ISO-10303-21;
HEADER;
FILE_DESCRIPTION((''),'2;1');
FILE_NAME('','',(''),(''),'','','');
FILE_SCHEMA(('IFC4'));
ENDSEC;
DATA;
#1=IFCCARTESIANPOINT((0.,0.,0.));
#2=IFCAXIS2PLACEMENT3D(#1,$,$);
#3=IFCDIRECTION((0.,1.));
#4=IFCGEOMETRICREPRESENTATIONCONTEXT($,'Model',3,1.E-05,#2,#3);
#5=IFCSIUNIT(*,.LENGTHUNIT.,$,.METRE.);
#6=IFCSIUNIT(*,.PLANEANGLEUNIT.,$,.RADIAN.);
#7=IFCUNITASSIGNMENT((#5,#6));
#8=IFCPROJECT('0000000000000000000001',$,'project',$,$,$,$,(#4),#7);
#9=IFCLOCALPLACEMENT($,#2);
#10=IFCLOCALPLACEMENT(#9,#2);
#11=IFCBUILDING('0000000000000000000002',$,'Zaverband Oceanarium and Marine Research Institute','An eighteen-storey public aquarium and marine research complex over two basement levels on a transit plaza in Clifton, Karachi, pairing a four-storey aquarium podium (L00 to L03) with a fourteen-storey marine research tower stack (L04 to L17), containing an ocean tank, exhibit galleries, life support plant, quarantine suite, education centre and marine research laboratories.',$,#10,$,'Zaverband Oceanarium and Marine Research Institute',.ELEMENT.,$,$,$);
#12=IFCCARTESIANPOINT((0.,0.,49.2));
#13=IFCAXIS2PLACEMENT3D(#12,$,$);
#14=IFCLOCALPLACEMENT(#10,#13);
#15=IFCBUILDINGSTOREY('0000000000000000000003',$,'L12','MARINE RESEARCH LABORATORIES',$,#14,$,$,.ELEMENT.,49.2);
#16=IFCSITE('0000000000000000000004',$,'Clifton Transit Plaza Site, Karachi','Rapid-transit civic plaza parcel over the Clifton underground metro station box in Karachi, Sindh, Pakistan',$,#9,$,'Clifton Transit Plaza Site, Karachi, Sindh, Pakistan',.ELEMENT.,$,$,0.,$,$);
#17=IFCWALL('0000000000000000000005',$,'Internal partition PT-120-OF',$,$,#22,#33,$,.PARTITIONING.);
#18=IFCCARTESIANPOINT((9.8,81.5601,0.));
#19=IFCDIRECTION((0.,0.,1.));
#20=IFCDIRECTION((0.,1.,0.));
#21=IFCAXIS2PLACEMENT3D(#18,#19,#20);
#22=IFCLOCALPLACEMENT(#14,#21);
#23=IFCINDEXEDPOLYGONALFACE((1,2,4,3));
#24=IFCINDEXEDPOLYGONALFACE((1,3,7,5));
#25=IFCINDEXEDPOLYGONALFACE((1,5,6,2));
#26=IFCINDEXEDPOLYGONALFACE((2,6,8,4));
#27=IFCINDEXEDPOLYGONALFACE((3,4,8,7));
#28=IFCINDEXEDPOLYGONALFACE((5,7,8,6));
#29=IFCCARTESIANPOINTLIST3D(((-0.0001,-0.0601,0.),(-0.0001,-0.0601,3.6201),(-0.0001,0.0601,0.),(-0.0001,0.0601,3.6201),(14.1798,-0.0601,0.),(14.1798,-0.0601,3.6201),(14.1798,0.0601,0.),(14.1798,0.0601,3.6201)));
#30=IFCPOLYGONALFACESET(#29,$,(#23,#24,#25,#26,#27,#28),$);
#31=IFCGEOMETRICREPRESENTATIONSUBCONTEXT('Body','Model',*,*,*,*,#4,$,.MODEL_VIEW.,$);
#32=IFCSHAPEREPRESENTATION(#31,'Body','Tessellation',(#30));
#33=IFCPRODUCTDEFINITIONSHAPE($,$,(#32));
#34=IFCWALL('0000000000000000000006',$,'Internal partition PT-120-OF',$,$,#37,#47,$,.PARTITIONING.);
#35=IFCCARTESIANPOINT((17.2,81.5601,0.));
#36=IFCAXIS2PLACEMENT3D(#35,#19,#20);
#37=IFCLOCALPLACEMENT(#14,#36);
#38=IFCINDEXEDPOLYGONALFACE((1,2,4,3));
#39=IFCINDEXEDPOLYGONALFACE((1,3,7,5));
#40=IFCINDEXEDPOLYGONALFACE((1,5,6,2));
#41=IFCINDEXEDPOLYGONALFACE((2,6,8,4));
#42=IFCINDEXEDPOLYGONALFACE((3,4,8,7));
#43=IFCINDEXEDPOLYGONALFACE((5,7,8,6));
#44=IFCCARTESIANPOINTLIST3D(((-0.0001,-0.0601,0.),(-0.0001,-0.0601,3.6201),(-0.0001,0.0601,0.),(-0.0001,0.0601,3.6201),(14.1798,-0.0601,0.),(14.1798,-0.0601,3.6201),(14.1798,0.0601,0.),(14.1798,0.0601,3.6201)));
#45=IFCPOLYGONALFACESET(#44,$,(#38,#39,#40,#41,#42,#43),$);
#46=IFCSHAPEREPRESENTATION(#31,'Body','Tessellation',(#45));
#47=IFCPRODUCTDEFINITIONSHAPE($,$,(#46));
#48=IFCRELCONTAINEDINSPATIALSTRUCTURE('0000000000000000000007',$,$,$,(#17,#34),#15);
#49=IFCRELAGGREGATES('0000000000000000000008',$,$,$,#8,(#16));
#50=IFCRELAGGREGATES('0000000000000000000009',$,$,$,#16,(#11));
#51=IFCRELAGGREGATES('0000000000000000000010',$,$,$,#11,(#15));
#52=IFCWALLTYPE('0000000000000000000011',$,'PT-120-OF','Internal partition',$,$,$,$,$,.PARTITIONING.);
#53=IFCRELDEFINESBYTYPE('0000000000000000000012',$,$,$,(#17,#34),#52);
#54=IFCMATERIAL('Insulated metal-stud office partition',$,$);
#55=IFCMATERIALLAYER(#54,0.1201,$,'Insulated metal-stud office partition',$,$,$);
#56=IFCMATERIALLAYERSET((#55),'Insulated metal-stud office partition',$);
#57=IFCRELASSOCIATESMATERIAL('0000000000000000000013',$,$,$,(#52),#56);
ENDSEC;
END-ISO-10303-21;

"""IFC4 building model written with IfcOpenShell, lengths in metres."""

from ifc_helpers import new_model, si_unit, direction, frame, frame_2d, origin, place, context, subcontext, project, spatial, rectangle, extrude, material, layer, layer_set, type_object, element, save


model = new_model("IFC4")

# Units and contexts
model_context = context("Model", 3, precision=1e-05, world=origin(), true_north=direction((0.0, 1.0)))
body_context = subcontext(model_context, "Body", "Model", "MODEL_VIEW")
ifc_project = project(units=[si_unit("LENGTHUNIT", "METRE"), si_unit("PLANEANGLEUNIT", "RADIAN")], contexts=[model_context])

# Site, building, storey
site_placement = place(None, origin())
site = spatial("IfcSite", under=ifc_project, at=site_placement, Name="Clifton Transit Plaza Site, Karachi", Description="Rapid-transit civic plaza parcel over the Clifton underground metro station box in Karachi, Sindh, Pakistan", LongName="Clifton Transit Plaza Site, Karachi, Sindh, Pakistan", CompositionType="ELEMENT", RefElevation=0.0)
building_placement = place(site_placement, origin())
building = spatial("IfcBuilding", under=site, at=building_placement, Name="Zaverband Oceanarium and Marine Research Institute", Description="An eighteen-storey public aquarium and marine research complex over two basement levels on a transit plaza in Clifton, Karachi, pairing a four-storey aquarium podium (L00 to L03) with a fourteen-storey marine research tower stack (L04 to L17), containing an ocean tank, exhibit galleries, life support plant, quarantine suite, education centre and marine research laboratories.", LongName="Zaverband Oceanarium and Marine Research Institute", CompositionType="ELEMENT")
storey_placement = place(building_placement, frame((0.0, 0.0, 49.2)))
storey = spatial("IfcBuildingStorey", under=building, at=storey_placement, Name="L12", Description="MARINE RESEARCH LABORATORIES", CompositionType="ELEMENT", Elevation=49.2)

# Walls
ifc_material_1 = material(Name="Insulated metal-stud office partition")
ifc_layer_1 = layer(ifc_material_1, 0.1201, Name="Insulated metal-stud office partition")
ifc_layer_set_1 = layer_set([ifc_layer_1], Name="Insulated metal-stud office partition")
wall_type_1 = type_object("IfcWallType", Name="PT-120-OF", Description="Internal partition", PredefinedType="PARTITIONING", material=ifc_layer_set_1)
for number, where, z_axis, x_axis, name in (
    (1, (9.8, 81.5601, 0.0), (0.0, 0.0, 1.0), (0.0, 1.0, 0.0), "Internal partition PT-120-OF"),
    (2, (17.2, 81.5601, 0.0), (0.0, 0.0, 1.0), (0.0, 1.0, 0.0), "Internal partition PT-120-OF"),
):
    element("IfcWall", number, at=place(storey_placement, frame(where, z_axis=z_axis, x_axis=x_axis)), inside=storey, type_object=wall_type_1, Name=name, PredefinedType="PARTITIONING", context=body_context, shape_type="SweptSolid", body=[
        extrude(rectangle(XDim=14.1799, YDim=0.1201, at=frame_2d((7.0898, 0.0))), origin(), (0.0, 0.0, 1.0), 3.6201),
    ])

save(model, "model.ifc")
